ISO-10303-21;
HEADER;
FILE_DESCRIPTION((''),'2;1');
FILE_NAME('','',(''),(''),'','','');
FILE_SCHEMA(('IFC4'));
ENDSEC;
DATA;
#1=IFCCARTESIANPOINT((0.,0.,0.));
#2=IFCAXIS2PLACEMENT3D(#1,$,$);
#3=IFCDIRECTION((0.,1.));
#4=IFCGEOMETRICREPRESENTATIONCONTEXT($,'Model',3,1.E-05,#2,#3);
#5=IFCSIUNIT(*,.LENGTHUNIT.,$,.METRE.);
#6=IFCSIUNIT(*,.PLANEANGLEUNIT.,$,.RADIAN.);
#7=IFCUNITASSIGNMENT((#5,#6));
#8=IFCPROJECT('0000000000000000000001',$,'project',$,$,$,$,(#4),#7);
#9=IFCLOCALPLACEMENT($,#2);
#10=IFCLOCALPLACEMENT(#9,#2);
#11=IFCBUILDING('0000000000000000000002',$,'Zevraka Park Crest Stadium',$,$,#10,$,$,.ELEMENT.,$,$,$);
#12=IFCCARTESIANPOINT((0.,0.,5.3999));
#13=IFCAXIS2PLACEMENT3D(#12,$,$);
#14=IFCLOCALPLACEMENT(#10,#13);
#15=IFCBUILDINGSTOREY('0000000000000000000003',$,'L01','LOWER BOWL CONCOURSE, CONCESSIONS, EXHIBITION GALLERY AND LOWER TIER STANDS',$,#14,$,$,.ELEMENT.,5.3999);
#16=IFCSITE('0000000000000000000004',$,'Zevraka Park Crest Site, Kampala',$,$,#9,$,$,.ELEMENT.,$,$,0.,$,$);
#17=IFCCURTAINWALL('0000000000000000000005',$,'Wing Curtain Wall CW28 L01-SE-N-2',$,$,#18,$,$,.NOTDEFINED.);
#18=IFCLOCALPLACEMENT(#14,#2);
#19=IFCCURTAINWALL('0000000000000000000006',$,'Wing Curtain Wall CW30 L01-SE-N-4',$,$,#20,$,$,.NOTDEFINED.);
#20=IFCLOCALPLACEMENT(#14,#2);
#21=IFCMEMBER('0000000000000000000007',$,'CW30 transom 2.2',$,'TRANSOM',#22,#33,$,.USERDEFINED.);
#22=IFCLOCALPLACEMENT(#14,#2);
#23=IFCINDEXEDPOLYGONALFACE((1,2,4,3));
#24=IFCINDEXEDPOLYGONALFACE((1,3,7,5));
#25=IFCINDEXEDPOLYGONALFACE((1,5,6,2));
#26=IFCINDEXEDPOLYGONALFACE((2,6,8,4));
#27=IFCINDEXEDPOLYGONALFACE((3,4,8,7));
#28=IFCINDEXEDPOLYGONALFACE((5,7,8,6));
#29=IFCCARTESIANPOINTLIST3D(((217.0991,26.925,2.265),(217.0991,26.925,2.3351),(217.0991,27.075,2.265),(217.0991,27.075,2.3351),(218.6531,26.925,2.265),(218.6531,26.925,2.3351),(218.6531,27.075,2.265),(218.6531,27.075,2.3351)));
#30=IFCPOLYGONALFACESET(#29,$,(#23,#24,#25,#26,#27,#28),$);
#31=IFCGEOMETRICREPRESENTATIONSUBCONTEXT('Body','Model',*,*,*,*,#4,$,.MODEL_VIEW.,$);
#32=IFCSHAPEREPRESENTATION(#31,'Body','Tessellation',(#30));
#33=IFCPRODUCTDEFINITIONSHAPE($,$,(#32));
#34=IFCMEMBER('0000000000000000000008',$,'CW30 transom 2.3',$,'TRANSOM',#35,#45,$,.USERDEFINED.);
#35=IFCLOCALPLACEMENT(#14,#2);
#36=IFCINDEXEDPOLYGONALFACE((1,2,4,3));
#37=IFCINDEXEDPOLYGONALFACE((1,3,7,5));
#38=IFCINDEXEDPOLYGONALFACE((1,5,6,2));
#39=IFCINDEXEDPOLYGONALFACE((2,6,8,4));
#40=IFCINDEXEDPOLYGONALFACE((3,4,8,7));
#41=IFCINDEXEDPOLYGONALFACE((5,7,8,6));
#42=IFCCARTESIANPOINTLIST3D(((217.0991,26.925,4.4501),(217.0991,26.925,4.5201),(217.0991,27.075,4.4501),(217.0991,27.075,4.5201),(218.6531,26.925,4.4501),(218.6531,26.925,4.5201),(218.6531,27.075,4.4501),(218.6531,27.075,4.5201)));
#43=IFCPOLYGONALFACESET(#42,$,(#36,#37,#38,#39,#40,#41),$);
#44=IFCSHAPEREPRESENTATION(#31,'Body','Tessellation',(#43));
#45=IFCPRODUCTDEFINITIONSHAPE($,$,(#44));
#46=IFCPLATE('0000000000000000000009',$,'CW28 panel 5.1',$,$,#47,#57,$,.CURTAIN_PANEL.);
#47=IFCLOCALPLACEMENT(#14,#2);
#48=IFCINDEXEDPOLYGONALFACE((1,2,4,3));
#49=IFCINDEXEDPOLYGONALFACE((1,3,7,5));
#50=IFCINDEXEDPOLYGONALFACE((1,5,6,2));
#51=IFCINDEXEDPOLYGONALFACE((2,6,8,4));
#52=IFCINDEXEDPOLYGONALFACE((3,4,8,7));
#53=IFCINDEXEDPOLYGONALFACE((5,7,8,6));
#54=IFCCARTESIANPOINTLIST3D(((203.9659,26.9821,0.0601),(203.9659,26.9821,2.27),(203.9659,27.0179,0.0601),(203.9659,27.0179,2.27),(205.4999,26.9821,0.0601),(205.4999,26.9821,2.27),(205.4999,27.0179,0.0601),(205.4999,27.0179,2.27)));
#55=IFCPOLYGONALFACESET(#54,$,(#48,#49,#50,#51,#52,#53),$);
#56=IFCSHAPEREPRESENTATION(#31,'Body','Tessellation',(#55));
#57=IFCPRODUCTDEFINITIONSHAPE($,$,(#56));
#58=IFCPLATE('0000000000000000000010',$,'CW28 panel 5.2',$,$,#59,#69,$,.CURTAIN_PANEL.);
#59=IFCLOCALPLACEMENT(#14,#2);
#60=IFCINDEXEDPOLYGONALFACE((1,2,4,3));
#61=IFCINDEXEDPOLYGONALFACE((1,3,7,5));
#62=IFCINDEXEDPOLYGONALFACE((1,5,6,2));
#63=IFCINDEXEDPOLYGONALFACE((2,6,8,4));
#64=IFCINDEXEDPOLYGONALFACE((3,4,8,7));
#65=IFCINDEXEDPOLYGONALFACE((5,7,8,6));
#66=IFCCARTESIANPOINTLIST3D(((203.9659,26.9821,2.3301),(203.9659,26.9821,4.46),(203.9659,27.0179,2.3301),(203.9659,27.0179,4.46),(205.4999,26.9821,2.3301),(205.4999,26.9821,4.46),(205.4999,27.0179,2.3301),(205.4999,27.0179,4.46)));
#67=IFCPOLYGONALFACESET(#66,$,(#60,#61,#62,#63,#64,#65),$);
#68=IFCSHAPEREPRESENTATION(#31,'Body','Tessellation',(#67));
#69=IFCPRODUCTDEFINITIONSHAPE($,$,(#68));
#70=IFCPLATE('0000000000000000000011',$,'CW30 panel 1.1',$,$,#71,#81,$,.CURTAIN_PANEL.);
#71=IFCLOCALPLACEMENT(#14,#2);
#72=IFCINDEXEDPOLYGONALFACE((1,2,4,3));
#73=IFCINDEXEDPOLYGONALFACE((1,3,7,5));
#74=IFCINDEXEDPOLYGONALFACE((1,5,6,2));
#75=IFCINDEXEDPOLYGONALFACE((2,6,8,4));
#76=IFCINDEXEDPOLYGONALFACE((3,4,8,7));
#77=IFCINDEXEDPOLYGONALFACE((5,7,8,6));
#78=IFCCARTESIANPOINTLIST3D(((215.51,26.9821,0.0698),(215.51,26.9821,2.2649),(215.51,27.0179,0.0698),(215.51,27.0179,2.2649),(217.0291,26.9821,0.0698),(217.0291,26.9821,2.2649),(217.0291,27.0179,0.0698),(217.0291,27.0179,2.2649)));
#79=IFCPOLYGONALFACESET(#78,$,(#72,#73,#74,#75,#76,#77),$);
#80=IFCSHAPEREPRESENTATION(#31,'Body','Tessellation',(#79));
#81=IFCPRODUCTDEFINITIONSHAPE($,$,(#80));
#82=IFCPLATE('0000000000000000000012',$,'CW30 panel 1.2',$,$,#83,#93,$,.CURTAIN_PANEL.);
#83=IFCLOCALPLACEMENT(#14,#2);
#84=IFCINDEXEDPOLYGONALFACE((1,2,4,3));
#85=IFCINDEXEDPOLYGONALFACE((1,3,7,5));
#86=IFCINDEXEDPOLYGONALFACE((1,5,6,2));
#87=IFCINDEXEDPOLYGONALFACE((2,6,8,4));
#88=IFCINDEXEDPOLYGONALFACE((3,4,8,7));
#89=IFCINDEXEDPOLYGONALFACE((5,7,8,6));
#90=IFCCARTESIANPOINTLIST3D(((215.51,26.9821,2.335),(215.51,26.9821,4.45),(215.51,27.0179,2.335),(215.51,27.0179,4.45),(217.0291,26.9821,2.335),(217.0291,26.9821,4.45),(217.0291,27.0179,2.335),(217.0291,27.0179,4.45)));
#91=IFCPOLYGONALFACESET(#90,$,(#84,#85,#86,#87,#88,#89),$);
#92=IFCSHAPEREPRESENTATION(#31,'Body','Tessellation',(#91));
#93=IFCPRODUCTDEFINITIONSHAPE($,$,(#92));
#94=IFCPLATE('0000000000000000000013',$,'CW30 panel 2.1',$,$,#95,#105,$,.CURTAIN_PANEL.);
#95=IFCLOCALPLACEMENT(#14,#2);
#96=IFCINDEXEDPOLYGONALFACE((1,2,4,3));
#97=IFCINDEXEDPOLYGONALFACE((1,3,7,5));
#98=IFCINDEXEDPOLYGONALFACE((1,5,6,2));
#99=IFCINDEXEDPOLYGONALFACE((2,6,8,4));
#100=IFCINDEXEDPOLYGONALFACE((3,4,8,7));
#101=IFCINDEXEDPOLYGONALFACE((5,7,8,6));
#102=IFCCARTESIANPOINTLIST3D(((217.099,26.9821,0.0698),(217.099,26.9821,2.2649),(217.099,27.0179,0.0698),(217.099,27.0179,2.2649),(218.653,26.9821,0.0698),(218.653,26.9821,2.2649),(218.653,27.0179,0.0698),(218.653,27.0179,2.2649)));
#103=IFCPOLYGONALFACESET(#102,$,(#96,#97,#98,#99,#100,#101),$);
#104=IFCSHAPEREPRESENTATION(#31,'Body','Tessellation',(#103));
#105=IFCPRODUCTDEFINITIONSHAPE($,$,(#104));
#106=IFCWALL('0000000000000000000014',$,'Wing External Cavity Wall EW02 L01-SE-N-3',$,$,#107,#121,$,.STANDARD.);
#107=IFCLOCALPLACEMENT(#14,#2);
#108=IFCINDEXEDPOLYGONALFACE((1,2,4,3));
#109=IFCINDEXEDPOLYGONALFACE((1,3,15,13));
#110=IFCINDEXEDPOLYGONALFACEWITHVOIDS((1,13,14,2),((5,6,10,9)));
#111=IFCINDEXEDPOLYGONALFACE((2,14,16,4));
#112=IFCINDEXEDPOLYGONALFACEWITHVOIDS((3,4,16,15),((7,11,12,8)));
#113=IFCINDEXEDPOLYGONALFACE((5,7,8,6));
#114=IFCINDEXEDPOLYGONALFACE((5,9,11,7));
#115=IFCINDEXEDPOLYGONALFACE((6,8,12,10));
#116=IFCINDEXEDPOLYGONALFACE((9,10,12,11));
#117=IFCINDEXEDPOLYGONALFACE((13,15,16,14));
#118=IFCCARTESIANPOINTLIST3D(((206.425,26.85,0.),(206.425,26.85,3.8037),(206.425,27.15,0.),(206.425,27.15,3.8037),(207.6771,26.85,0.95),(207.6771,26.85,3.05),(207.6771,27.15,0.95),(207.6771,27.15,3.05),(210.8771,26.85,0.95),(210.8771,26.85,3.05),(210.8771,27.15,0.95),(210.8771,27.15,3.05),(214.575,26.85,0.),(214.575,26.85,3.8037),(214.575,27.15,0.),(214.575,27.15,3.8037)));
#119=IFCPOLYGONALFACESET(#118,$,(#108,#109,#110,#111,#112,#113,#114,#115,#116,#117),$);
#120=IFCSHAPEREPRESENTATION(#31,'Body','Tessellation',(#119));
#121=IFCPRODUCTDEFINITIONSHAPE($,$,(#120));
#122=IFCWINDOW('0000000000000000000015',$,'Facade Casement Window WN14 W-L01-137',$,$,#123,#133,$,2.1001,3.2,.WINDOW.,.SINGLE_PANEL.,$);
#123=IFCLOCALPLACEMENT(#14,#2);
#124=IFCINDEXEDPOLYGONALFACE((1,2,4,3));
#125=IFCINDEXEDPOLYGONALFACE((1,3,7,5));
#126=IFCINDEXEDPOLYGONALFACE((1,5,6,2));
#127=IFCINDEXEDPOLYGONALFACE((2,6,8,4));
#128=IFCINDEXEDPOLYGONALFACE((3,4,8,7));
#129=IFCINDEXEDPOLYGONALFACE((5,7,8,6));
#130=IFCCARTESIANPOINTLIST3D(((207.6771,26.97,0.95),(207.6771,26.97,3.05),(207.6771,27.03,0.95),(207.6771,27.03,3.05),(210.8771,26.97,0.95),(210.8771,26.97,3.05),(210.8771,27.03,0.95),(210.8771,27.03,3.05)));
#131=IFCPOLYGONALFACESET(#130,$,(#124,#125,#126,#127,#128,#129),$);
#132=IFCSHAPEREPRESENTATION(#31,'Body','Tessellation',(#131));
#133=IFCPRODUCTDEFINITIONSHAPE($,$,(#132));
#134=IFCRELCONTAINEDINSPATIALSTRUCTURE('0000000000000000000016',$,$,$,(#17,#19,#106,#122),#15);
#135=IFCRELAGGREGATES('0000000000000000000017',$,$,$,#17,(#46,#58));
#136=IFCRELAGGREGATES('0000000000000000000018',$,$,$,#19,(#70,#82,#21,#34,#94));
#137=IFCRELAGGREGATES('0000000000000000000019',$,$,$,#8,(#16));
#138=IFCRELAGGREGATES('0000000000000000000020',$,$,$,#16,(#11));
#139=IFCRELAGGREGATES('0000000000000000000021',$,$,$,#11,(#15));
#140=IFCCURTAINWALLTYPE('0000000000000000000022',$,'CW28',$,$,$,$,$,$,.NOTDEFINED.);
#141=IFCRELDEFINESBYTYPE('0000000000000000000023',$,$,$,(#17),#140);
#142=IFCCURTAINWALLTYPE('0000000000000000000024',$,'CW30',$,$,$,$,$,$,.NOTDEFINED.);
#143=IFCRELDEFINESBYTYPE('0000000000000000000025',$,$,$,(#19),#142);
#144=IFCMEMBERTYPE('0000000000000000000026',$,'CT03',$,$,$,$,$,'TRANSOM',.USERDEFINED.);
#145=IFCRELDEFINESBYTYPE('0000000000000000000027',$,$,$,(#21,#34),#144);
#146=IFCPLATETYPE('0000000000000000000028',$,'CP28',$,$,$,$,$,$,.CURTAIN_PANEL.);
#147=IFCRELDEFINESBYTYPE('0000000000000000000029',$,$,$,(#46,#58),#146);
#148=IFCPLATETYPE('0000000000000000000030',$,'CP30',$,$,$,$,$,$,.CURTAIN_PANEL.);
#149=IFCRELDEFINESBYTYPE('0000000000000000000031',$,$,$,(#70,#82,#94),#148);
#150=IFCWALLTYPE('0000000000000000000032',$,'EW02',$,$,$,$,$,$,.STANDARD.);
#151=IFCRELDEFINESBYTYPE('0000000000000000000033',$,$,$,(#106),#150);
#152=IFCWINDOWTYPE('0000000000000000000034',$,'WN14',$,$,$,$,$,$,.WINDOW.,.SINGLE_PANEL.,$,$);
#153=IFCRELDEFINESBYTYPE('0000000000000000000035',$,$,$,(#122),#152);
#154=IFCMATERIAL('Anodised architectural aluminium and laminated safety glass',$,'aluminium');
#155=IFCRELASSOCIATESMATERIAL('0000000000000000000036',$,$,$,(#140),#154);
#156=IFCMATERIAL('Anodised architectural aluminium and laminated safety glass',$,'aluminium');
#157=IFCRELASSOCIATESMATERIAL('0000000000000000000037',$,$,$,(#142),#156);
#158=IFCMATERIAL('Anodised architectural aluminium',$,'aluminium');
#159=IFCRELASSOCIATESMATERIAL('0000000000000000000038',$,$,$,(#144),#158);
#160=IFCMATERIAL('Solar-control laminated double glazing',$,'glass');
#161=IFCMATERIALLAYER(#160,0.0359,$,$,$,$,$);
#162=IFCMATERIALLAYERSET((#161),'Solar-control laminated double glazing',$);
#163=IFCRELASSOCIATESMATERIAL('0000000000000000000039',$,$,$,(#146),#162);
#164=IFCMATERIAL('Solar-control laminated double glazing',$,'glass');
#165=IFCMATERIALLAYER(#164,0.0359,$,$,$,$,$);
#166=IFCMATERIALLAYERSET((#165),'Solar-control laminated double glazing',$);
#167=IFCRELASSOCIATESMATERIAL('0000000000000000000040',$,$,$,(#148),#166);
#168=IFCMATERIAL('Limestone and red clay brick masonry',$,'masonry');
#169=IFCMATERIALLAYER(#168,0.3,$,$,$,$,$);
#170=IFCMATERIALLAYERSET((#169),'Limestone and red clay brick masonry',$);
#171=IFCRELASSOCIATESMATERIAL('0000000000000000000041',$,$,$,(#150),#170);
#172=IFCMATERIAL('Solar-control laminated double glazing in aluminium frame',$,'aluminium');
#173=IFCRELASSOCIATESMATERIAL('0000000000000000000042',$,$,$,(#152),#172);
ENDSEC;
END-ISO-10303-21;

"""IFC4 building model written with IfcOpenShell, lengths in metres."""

from ifc_helpers import new_model, si_unit, direction, frame, frame_2d, origin, origin_2d, place, context, subcontext, project, spatial, rectangle, extrude, material, layer, layer_set, material_profile, profile_set, type_object, element, fill, aggregate, save


model = new_model("IFC4")

# Units and contexts
model_context = context("Model", 3, precision=1e-05, world=origin(), true_north=direction((0.0, 1.0)))
body_context = subcontext(model_context, "Body", "Model", "MODEL_VIEW")
ifc_project = project(units=[si_unit("LENGTHUNIT", "METRE"), si_unit("PLANEANGLEUNIT", "RADIAN")], contexts=[model_context])

# Site, building, storey
site_placement = place(None, origin())
site = spatial("IfcSite", under=ifc_project, at=site_placement, Name="Zevraka Park Crest Site, Kampala", CompositionType="ELEMENT", RefElevation=0.0)
building_placement = place(site_placement, origin())
building = spatial("IfcBuilding", under=site, at=building_placement, Name="Zevraka Park Crest Stadium", CompositionType="ELEMENT")
storey_placement = place(building_placement, frame((0.0, 0.0, 5.3999)))
storey = spatial("IfcBuildingStorey", under=building, at=storey_placement, Name="L01", Description="LOWER BOWL CONCOURSE, CONCESSIONS, EXHIBITION GALLERY AND LOWER TIER STANDS", CompositionType="ELEMENT", Elevation=5.3999)

# Curtain wall
ifc_material_1 = material(Name="Anodised architectural aluminium and laminated safety glass", Category="aluminium")
curtain_wall_type_1 = type_object("IfcCurtainWallType", Name="CW28", PredefinedType="NOTDEFINED", material=ifc_material_1)
curtain_wall_1_placement = place(storey_placement, origin())
curtain_wall_1 = element("IfcCurtainWall", 1, at=curtain_wall_1_placement, inside=storey, type_object=curtain_wall_type_1, Name="Wing Curtain Wall CW28 L01-SE-N-2", PredefinedType="NOTDEFINED")

# Curtain wall
ifc_material_2 = material(Name="Anodised architectural aluminium and laminated safety glass", Category="aluminium")
curtain_wall_type_2 = type_object("IfcCurtainWallType", Name="CW30", PredefinedType="NOTDEFINED", material=ifc_material_2)
curtain_wall_2_placement = place(storey_placement, origin())
curtain_wall_2 = element("IfcCurtainWall", 2, at=curtain_wall_2_placement, inside=storey, type_object=curtain_wall_type_2, Name="Wing Curtain Wall CW30 L01-SE-N-4", PredefinedType="NOTDEFINED")

# Members
ifc_material_3 = material(Name="Anodised architectural aluminium", Category="aluminium")
ifc_material_profile_1 = material_profile(ifc_material_3, rectangle(XDim=0.1499, YDim=0.0701, at=origin_2d()), Name="ALU TRANSOM 150x70")
ifc_profile_set_1 = profile_set([ifc_material_profile_1], Name="Anodised architectural aluminium")
member_type_1 = type_object("IfcMemberType", Name="CT03", ElementType="TRANSOM", PredefinedType="USERDEFINED", material=ifc_profile_set_1)
member_1_placement = place(storey_placement, frame((217.0991, 27.0, 2.3), z_axis=(1.0, 0.0, 0.0), x_axis=(0.0, 1.0, 0.0)))
member_1 = element("IfcMember", 3, at=member_1_placement, type_object=member_type_1, Name="CW30 transom 2.2", ObjectType="TRANSOM", PredefinedType="USERDEFINED", context=body_context, shape_type="SweptSolid", body=[
    extrude(rectangle(XDim=0.1499, YDim=0.0701, at=origin_2d()), origin(), (0.0, 0.0, 1.0), 1.554),
])
member_2_placement = place(storey_placement, frame((217.0991, 27.0, 4.4851), z_axis=(1.0, 0.0, 0.0), x_axis=(0.0, 1.0, 0.0)))
member_2 = element("IfcMember", 4, at=member_2_placement, type_object=member_type_1, Name="CW30 transom 2.3", ObjectType="TRANSOM", PredefinedType="USERDEFINED", context=body_context, shape_type="SweptSolid", body=[
    extrude(rectangle(XDim=0.1499, YDim=0.0701, at=origin_2d()), origin(), (0.0, 0.0, 1.0), 1.554),
])

# Plates
ifc_material_4 = material(Name="Solar-control laminated double glazing", Category="glass")
ifc_layer_1 = layer(ifc_material_4, 0.0359)
ifc_layer_set_1 = layer_set([ifc_layer_1], Name="Solar-control laminated double glazing")
plate_type_1 = type_object("IfcPlateType", Name="CP28", PredefinedType="CURTAIN_PANEL", material=ifc_layer_set_1)
plate_1_placement = place(storey_placement, frame((204.7329, 27.0, 0.0601), z_axis=(0.0, 0.0, 1.0), x_axis=(1.0, 0.0, 0.0)))
plate_1 = element("IfcPlate", 5, at=plate_1_placement, type_object=plate_type_1, Name="CW28 panel 5.1", PredefinedType="CURTAIN_PANEL", context=body_context, shape_type="SweptSolid", body=[
    extrude(rectangle(XDim=1.5339, YDim=0.0359, at=origin_2d()), origin(), (0.0, 0.0, 1.0), 2.21),
])
plate_2_placement = place(storey_placement, frame((204.7329, 27.0, 2.3301), z_axis=(0.0, 0.0, 1.0), x_axis=(1.0, 0.0, 0.0)))
plate_2 = element("IfcPlate", 6, at=plate_2_placement, type_object=plate_type_1, Name="CW28 panel 5.2", PredefinedType="CURTAIN_PANEL", context=body_context, shape_type="SweptSolid", body=[
    extrude(rectangle(XDim=1.5339, YDim=0.0359, at=origin_2d()), origin(), (0.0, 0.0, 1.0), 2.1299),
])
aggregate(curtain_wall_1, [plate_1, plate_2])
ifc_material_5 = material(Name="Solar-control laminated double glazing", Category="glass")
ifc_layer_2 = layer(ifc_material_5, 0.0359)
ifc_layer_set_2 = layer_set([ifc_layer_2], Name="Solar-control laminated double glazing")
plate_type_2 = type_object("IfcPlateType", Name="CP30", PredefinedType="CURTAIN_PANEL", material=ifc_layer_set_2)
plate_3_placement = place(storey_placement, frame((216.2695, 27.0, 0.0698), z_axis=(0.0, 0.0, 1.0), x_axis=(1.0, 0.0, 0.0)))
plate_3 = element("IfcPlate", 7, at=plate_3_placement, type_object=plate_type_2, Name="CW30 panel 1.1", PredefinedType="CURTAIN_PANEL", context=body_context, shape_type="SweptSolid", body=[
    extrude(rectangle(XDim=1.519, YDim=0.0359, at=origin_2d()), origin(), (0.0, 0.0, 1.0), 2.1951),
])
plate_4_placement = place(storey_placement, frame((216.2695, 27.0, 2.335), z_axis=(0.0, 0.0, 1.0), x_axis=(1.0, 0.0, 0.0)))
plate_4 = element("IfcPlate", 8, at=plate_4_placement, type_object=plate_type_2, Name="CW30 panel 1.2", PredefinedType="CURTAIN_PANEL", context=body_context, shape_type="SweptSolid", body=[
    extrude(rectangle(XDim=1.519, YDim=0.0359, at=origin_2d()), origin(), (0.0, 0.0, 1.0), 2.115),
])
plate_5_placement = place(storey_placement, frame((217.876, 27.0, 0.0698), z_axis=(0.0, 0.0, 1.0), x_axis=(1.0, 0.0, 0.0)))
plate_5 = element("IfcPlate", 9, at=plate_5_placement, type_object=plate_type_2, Name="CW30 panel 2.1", PredefinedType="CURTAIN_PANEL", context=body_context, shape_type="SweptSolid", body=[
    extrude(rectangle(XDim=1.554, YDim=0.0359, at=origin_2d()), origin(), (0.0, 0.0, 1.0), 2.1951),
])
aggregate(curtain_wall_2, [plate_3, plate_4, member_1, member_2, plate_5])

# Wall, opening, window
ifc_material_6 = material(Name="Limestone and red clay brick masonry", Category="masonry")
ifc_layer_3 = layer(ifc_material_6, 0.3)
ifc_layer_set_3 = layer_set([ifc_layer_3], Name="Limestone and red clay brick masonry")
wall_type = type_object("IfcWallType", Name="EW02", PredefinedType="STANDARD", material=ifc_layer_set_3)
wall_placement = place(storey_placement, frame((206.425, 27.0, 0.0), z_axis=(0.0, 0.0, 1.0), x_axis=(1.0, 0.0, 0.0)))
wall = element("IfcWall", 10, at=wall_placement, inside=storey, type_object=wall_type, Name="Wing External Cavity Wall EW02 L01-SE-N-3", PredefinedType="STANDARD", context=body_context, shape_type="SweptSolid", body=[
    extrude(rectangle(XDim=8.1499, YDim=0.3, at=frame_2d((4.075, 0.0))), origin(), (0.0, 0.0, 1.0), 3.8037),
])
opening_placement = place(wall_placement, frame((1.252, 0.0, 0.95)))
opening = element("IfcOpeningElement", 11, at=opening_placement, cuts=wall, PredefinedType="OPENING", context=body_context, shape_type="SweptSolid", body=[
    extrude(rectangle(XDim=3.2, YDim=2.1001, at=frame_2d((1.6001, 1.05))), frame((0.0, 0.1599, 0.0), z_axis=(0.0, -1.0, 0.0), x_axis=(1.0, 0.0, 0.0)), (0.0, 0.0, 1.0), 0.3201),
])
ifc_material_7 = material(Name="Solar-control laminated double glazing in aluminium frame", Category="aluminium")
window_type = type_object("IfcWindowType", Name="WN14", PartitioningType="SINGLE_PANEL", PredefinedType="WINDOW", material=ifc_material_7)
window_placement = place(opening_placement, origin())
window = element("IfcWindow", 12, at=window_placement, inside=storey, type_object=window_type, Name="Facade Casement Window WN14 W-L01-137", OverallHeight=2.1001, OverallWidth=3.2, PartitioningType="SINGLE_PANEL", PredefinedType="WINDOW", context=body_context, shape_type="SweptSolid", body=[
    extrude(rectangle(XDim=3.2, YDim=2.1001, at=frame_2d((1.6001, 1.05))), frame((0.0, 0.03, 0.0), z_axis=(0.0, -1.0, 0.0), x_axis=(1.0, 0.0, 0.0)), (0.0, 0.0, 1.0), 0.0601),
])
fill(opening, window)

save(model, "model.ifc")
